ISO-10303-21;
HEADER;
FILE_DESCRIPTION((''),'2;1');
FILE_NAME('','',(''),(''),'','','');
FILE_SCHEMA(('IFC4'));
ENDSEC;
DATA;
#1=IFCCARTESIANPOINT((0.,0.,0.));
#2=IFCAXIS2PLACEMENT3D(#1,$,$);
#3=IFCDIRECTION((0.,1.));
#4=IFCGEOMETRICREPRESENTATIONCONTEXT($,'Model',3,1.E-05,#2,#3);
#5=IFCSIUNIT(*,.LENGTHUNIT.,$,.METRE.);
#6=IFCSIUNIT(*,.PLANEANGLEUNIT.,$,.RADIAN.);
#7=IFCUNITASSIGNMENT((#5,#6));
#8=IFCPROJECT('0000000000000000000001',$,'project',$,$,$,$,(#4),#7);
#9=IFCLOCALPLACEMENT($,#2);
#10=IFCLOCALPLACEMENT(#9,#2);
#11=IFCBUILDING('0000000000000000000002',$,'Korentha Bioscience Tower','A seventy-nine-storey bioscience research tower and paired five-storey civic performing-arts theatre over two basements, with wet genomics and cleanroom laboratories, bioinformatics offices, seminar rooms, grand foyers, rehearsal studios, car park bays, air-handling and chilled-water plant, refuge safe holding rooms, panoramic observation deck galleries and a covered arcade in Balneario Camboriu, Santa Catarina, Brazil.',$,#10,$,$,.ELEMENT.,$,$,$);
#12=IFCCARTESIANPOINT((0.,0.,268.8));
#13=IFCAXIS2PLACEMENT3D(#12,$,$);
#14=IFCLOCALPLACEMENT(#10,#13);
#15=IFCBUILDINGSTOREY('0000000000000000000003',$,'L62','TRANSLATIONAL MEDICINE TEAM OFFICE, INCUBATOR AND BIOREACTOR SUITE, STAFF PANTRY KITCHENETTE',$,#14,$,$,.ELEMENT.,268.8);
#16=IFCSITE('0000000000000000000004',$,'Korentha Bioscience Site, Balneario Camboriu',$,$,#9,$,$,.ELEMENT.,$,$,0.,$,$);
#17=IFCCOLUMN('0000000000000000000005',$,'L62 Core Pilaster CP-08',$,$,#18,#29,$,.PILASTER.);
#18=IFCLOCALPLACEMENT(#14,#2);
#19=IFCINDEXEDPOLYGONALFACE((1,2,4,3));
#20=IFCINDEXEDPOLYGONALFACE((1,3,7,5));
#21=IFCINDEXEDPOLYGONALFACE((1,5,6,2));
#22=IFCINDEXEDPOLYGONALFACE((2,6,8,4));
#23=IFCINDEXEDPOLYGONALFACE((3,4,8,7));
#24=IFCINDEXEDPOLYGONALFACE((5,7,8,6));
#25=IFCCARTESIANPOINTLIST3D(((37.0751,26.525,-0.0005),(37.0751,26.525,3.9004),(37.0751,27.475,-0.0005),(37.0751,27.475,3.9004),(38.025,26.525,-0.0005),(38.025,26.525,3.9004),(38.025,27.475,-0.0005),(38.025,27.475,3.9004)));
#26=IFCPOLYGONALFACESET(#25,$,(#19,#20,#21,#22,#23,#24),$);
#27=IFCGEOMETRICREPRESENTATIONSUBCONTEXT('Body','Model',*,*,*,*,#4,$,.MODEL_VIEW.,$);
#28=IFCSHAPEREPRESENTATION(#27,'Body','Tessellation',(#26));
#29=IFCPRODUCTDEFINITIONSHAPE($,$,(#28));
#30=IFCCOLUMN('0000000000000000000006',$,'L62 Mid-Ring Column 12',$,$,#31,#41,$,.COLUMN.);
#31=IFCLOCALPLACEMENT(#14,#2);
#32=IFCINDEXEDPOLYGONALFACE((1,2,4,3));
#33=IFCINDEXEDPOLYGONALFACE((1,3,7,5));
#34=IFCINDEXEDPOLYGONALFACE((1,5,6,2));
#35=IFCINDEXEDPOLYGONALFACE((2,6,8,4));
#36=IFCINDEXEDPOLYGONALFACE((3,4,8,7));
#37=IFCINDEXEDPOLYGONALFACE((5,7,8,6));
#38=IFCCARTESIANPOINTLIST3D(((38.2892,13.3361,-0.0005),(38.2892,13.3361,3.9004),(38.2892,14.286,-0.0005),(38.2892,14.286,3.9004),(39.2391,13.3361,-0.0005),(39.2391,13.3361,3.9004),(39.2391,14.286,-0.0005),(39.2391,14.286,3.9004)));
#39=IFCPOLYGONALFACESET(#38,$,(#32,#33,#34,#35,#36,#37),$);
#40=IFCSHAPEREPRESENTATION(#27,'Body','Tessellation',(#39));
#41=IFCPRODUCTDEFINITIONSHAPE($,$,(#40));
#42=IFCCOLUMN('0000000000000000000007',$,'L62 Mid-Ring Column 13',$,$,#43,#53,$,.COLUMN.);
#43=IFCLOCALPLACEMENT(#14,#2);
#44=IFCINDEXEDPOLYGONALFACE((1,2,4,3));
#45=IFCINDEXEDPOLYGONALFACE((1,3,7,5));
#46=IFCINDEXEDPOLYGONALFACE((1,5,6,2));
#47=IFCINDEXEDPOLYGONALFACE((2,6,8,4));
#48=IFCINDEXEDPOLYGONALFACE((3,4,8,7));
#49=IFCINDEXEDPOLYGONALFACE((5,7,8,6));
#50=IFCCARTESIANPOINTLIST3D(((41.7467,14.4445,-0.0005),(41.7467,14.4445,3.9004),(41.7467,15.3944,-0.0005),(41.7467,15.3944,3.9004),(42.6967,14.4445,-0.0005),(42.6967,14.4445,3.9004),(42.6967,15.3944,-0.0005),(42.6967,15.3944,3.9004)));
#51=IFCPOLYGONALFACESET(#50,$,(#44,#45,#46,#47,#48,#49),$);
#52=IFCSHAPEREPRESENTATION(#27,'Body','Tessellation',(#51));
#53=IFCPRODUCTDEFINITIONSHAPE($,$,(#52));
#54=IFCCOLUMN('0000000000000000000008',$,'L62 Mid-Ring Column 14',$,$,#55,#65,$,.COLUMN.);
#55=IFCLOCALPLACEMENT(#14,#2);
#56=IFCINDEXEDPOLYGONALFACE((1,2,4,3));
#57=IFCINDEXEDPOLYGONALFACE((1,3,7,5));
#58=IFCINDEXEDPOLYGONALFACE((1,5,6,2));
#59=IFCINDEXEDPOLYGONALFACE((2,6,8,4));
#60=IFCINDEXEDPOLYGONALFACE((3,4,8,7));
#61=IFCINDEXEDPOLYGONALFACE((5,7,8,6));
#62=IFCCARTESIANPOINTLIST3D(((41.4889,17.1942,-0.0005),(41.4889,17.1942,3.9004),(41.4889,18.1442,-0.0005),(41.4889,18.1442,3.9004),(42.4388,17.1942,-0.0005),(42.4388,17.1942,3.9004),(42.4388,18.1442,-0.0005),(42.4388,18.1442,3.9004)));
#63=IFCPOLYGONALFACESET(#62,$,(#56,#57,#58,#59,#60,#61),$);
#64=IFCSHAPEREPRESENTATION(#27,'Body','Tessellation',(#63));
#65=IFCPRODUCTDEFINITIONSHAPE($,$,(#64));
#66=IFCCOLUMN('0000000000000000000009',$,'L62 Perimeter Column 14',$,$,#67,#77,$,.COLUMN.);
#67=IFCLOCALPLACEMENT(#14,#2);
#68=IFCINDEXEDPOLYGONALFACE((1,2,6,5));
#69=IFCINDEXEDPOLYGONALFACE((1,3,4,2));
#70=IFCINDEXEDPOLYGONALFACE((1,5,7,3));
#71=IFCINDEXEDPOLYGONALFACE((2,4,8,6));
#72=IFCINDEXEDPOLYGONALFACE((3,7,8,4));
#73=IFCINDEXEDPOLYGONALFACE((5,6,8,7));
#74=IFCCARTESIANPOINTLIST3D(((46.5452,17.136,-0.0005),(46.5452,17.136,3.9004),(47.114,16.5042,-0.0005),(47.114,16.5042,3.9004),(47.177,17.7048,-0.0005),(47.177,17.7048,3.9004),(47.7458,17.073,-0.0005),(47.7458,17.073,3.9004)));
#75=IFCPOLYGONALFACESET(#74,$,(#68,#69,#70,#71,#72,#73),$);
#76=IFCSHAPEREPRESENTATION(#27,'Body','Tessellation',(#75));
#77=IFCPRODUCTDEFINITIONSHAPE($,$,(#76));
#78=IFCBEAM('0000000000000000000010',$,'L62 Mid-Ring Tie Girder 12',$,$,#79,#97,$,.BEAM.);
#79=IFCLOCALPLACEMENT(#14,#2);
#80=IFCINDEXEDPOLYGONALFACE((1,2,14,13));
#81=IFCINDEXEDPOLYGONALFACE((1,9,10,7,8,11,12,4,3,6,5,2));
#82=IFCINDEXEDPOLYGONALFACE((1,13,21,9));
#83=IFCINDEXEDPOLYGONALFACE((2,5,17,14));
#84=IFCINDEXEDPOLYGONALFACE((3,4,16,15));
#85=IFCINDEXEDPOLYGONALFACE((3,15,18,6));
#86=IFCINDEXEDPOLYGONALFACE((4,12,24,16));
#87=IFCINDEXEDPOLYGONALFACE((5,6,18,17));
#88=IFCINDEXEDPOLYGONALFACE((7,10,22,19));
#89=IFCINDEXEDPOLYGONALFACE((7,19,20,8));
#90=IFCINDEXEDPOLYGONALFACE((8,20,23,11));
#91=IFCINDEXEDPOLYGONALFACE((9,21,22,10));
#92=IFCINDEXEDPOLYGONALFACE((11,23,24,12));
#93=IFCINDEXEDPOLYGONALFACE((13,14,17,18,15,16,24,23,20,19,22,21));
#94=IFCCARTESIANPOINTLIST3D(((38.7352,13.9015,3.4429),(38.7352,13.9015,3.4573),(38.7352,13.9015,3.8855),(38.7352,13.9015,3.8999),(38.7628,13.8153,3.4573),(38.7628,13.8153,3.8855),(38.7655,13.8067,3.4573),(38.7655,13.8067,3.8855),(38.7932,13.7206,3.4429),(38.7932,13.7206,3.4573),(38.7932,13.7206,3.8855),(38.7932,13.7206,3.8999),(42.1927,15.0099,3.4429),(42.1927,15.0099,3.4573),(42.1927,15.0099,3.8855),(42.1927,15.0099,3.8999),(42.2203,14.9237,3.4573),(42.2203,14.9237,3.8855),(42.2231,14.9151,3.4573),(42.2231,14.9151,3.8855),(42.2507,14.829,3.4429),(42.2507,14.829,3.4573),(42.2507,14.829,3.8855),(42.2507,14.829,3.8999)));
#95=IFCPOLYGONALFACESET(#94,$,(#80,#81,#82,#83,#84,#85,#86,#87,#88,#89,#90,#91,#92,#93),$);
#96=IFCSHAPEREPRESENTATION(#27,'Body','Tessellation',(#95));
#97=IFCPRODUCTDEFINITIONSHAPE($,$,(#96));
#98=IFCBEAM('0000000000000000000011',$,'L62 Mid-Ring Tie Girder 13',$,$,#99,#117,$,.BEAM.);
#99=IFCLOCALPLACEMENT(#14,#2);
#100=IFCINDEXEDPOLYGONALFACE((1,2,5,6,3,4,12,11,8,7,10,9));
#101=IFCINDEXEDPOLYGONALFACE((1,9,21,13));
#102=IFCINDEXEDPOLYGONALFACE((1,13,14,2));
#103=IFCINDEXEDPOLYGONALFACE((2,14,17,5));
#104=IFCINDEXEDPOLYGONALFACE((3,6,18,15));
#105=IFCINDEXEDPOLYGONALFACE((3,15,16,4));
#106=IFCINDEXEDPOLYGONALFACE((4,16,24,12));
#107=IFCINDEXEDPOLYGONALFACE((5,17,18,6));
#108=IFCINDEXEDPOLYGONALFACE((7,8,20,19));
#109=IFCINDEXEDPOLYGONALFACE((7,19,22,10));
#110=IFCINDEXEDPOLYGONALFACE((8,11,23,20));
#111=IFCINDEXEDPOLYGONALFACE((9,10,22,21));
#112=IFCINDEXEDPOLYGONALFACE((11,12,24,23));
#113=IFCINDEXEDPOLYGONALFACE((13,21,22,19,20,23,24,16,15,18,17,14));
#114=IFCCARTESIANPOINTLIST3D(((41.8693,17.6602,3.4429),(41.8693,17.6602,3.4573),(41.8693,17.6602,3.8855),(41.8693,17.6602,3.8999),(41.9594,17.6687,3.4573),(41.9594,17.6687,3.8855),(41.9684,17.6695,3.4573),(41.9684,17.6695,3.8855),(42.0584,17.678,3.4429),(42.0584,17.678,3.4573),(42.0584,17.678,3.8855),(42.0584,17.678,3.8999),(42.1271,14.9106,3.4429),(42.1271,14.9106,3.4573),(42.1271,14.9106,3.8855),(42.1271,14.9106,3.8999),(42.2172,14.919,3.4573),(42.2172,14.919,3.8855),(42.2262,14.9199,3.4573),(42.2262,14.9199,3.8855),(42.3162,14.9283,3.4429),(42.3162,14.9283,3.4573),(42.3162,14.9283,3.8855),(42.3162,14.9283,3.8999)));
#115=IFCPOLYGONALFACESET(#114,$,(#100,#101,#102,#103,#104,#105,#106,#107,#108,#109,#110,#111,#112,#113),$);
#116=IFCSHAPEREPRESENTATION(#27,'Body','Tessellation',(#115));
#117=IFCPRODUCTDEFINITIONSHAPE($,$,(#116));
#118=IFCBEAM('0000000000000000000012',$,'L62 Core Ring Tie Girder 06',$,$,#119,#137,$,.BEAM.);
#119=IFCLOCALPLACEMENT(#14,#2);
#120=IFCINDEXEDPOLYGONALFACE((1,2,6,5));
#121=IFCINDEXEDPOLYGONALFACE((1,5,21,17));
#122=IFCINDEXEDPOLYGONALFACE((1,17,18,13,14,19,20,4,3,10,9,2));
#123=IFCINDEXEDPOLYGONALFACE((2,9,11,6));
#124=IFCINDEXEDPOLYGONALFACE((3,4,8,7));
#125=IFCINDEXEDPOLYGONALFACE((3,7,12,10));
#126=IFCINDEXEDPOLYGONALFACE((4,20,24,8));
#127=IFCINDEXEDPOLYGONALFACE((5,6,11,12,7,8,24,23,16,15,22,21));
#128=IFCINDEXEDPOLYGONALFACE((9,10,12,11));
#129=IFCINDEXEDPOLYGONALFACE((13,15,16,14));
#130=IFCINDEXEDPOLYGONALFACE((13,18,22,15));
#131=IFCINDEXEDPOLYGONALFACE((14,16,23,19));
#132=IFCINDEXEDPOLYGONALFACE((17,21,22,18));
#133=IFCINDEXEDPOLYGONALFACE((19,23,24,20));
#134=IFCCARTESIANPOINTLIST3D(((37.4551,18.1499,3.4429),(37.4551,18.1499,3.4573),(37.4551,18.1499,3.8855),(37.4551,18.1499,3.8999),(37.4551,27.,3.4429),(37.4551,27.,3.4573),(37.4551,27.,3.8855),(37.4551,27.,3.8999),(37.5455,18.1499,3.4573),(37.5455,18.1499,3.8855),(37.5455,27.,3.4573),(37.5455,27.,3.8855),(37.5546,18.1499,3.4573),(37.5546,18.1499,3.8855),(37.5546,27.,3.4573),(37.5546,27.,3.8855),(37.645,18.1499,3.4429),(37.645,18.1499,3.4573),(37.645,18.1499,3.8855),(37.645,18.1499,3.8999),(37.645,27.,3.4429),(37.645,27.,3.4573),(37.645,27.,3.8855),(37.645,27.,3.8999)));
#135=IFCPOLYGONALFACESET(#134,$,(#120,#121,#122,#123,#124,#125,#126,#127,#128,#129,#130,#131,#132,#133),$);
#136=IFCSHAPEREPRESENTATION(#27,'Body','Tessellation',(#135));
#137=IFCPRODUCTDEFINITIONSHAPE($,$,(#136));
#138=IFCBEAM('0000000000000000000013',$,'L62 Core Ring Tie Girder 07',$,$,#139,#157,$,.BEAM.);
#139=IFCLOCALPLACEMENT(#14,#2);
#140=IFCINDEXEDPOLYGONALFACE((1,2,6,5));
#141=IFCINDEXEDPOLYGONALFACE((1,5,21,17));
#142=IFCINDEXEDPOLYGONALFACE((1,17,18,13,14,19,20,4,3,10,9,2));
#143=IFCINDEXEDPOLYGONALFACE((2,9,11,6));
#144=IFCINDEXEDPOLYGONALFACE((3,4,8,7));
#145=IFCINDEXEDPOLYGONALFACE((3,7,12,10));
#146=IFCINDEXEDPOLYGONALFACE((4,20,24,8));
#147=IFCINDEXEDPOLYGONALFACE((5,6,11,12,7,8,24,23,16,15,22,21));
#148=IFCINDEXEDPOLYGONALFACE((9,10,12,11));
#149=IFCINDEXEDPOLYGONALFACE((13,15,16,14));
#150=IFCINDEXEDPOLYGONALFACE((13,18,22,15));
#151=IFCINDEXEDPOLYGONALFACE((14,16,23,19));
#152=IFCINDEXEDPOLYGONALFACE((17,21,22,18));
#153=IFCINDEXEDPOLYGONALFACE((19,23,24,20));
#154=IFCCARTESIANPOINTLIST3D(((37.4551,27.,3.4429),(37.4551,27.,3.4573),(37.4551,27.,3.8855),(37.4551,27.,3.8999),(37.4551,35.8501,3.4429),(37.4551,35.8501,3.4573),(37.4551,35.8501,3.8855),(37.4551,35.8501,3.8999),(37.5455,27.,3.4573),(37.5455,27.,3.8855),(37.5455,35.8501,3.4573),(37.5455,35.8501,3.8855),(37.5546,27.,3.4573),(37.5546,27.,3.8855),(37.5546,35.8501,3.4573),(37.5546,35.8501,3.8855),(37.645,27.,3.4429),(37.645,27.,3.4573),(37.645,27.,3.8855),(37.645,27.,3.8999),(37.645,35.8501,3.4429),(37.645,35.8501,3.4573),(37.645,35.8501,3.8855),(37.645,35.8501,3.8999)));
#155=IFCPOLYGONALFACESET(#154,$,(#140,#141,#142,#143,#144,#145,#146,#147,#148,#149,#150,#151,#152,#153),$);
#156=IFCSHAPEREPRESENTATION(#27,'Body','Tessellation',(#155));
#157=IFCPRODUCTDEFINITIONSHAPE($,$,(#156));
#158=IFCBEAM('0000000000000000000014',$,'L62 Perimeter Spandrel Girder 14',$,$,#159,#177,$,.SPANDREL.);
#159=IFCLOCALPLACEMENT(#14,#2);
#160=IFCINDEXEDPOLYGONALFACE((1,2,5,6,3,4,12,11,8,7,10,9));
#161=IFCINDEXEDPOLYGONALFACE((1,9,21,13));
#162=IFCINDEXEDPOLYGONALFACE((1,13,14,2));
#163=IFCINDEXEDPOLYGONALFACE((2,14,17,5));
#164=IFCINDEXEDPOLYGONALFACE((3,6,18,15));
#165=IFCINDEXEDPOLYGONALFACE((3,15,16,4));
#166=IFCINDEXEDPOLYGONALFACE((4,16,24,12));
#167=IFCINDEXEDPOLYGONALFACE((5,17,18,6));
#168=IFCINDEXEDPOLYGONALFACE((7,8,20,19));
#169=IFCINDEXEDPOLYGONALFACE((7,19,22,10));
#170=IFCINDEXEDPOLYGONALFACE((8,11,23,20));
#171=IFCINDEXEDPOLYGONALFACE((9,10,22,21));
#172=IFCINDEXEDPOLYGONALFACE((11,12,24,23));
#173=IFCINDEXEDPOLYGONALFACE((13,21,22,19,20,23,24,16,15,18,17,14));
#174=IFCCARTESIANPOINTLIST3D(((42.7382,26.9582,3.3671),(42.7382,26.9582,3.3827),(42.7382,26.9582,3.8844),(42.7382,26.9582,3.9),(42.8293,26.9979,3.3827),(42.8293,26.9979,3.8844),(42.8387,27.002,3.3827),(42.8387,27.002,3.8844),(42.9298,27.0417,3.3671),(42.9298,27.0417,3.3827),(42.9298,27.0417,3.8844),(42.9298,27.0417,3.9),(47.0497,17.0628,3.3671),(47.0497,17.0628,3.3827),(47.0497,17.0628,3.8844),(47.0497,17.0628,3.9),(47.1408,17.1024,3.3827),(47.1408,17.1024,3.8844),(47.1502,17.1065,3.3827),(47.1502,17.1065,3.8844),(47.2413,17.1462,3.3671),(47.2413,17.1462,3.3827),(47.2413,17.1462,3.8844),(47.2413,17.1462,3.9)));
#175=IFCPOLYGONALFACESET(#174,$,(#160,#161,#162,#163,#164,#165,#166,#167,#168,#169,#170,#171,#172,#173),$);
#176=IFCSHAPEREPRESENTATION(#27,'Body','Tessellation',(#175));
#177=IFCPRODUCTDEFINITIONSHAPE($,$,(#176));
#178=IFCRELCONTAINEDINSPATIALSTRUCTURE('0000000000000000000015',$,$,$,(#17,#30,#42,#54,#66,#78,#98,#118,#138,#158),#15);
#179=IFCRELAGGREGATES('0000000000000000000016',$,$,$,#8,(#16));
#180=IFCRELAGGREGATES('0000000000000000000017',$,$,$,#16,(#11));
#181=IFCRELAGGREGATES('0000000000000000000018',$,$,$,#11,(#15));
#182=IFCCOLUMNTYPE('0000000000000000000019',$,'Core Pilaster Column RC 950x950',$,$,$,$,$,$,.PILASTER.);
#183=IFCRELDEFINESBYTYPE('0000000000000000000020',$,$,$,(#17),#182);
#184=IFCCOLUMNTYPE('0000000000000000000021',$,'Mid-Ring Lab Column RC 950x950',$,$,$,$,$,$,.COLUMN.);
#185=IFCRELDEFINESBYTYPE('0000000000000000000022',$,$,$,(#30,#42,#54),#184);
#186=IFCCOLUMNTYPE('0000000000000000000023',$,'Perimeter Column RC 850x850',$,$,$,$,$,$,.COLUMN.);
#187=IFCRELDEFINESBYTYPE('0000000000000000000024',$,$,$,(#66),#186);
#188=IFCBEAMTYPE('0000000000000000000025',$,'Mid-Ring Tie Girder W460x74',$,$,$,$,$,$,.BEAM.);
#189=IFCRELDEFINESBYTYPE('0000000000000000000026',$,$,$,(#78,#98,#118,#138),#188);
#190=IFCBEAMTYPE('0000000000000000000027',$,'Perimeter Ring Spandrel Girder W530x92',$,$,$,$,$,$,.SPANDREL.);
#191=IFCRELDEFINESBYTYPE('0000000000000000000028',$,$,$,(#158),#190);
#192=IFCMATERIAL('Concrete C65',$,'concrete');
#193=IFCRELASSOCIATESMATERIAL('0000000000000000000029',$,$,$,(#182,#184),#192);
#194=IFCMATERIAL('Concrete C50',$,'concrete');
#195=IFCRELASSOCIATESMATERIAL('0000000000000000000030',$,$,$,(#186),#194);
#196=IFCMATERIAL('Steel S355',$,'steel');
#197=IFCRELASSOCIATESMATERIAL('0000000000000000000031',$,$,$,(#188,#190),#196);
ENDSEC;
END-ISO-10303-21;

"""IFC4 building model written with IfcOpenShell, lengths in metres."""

from ifc_helpers import new_model, si_unit, direction, frame, origin, origin_2d, place, context, subcontext, project, spatial, rectangle, i_section, extrude, material, material_profile, profile_set, type_object, element, save


model = new_model("IFC4")

# Units and contexts
model_context = context("Model", 3, precision=1e-05, world=origin(), true_north=direction((0.0, 1.0)))
body_context = subcontext(model_context, "Body", "Model", "MODEL_VIEW")
ifc_project = project(units=[si_unit("LENGTHUNIT", "METRE"), si_unit("PLANEANGLEUNIT", "RADIAN")], contexts=[model_context])

# Site, building, storey
site_placement = place(None, origin())
site = spatial("IfcSite", under=ifc_project, at=site_placement, Name="Korentha Bioscience Site, Balneario Camboriu", CompositionType="ELEMENT", RefElevation=0.0)
building_placement = place(site_placement, origin())
building = spatial("IfcBuilding", under=site, at=building_placement, Name="Korentha Bioscience Tower", Description="A seventy-nine-storey bioscience research tower and paired five-storey civic performing-arts theatre over two basements, with wet genomics and cleanroom laboratories, bioinformatics offices, seminar rooms, grand foyers, rehearsal studios, car park bays, air-handling and chilled-water plant, refuge safe holding rooms, panoramic observation deck galleries and a covered arcade in Balneario Camboriu, Santa Catarina, Brazil.", CompositionType="ELEMENT")
storey_placement = place(building_placement, frame((0.0, 0.0, 268.8)))
storey = spatial("IfcBuildingStorey", under=building, at=storey_placement, Name="L62", Description="TRANSLATIONAL MEDICINE TEAM OFFICE, INCUBATOR AND BIOREACTOR SUITE, STAFF PANTRY KITCHENETTE", CompositionType="ELEMENT", Elevation=268.8)

# Columns
ifc_material_1 = material(Name="Concrete C65", Category="concrete")
ifc_material_profile_1 = material_profile(ifc_material_1, rectangle(XDim=0.95, YDim=0.95, at=origin_2d()), Name="Concrete C65")
ifc_profile_set_1 = profile_set([ifc_material_profile_1], Name="Concrete C65 (COL-CP09)")
column_type_1 = type_object("IfcColumnType", Name="Core Pilaster Column RC 950x950", PredefinedType="PILASTER", material=ifc_profile_set_1)
column_1_placement = place(storey_placement, frame((37.55, 27.0, -0.0005), z_axis=(0.0, 0.0, 1.0), x_axis=(1.0, 0.0, 0.0)))
element("IfcColumn", 1, at=column_1_placement, inside=storey, type_object=column_type_1, Name="L62 Core Pilaster CP-08", PredefinedType="PILASTER", context=body_context, shape_type="SweptSolid", body=[
    extrude(rectangle(XDim=0.95, YDim=0.95, at=origin_2d()), origin(), (0.0, 0.0, 1.0), 3.9009),
])
ifc_material_profile_2 = material_profile(ifc_material_1, rectangle(XDim=0.95, YDim=0.95, at=origin_2d()), Name="Concrete C65")
ifc_profile_set_2 = profile_set([ifc_material_profile_2], Name="Concrete C65 (COL-MR09)")
column_type_2 = type_object("IfcColumnType", Name="Mid-Ring Lab Column RC 950x950", PredefinedType="COLUMN", material=ifc_profile_set_2)
for number, where, z_axis, x_axis, name in (
    (2, (38.7642, 13.811, -0.0005), (0.0, 0.0, 1.0), (1.0, 0.0, 0.0), "L62 Mid-Ring Column 12"),
    (3, (42.2217, 14.9194, -0.0005), (0.0, 0.0, 1.0), (1.0, 0.0, 0.0), "L62 Mid-Ring Column 13"),
    (4, (41.9639, 17.6692, -0.0005), (0.0, 0.0, 1.0), (1.0, 0.0, 0.0), "L62 Mid-Ring Column 14"),
):
    element("IfcColumn", number, at=place(storey_placement, frame(where, z_axis=z_axis, x_axis=x_axis)), inside=storey, type_object=column_type_2, Name=name, PredefinedType="COLUMN", context=body_context, shape_type="SweptSolid", body=[
        extrude(rectangle(XDim=0.95, YDim=0.95, at=origin_2d()), origin(), (0.0, 0.0, 1.0), 3.9009),
    ])
ifc_material_2 = material(Name="Concrete C50", Category="concrete")
ifc_material_profile_3 = material_profile(ifc_material_2, rectangle(XDim=0.8501, YDim=0.8501, at=origin_2d()), Name="Concrete C50")
ifc_profile_set_3 = profile_set([ifc_material_profile_3], Name="Concrete C50 (COL-P08)")
column_type_3 = type_object("IfcColumnType", Name="Perimeter Column RC 850x850", PredefinedType="COLUMN", material=ifc_profile_set_3)
column_2_placement = place(storey_placement, frame((47.1455, 17.1045, -0.0005), z_axis=(0.0, 0.0, 1.0), x_axis=(-0.669131, 0.743145, 0.0)))
element("IfcColumn", 5, at=column_2_placement, inside=storey, type_object=column_type_3, Name="L62 Perimeter Column 14", PredefinedType="COLUMN", context=body_context, shape_type="SweptSolid", body=[
    extrude(rectangle(XDim=0.8501, YDim=0.8501, at=origin_2d()), origin(), (0.0, 0.0, 1.0), 3.9009),
])

# Beams
ifc_material_3 = material(Name="Steel S355", Category="steel")
ifc_material_profile_4 = material_profile(ifc_material_3, i_section(OverallWidth=0.1899, OverallDepth=0.457, WebThickness=0.009, FlangeThickness=0.0144, at=origin_2d()), Name="Steel S355")
ifc_profile_set_4 = profile_set([ifc_material_profile_4], Name="Steel S355 (MB-460)")
beam_type_1 = type_object("IfcBeamType", Name="Mid-Ring Tie Girder W460x74", PredefinedType="BEAM", material=ifc_profile_set_4)
beam_1_placement = place(storey_placement, frame((38.7642, 13.811, 3.6714), z_axis=(0.952265, 0.305273, 0.0), x_axis=(-0.305273, 0.952265, 0.0)))
element("IfcBeam", 6, at=beam_1_placement, inside=storey, type_object=beam_type_1, Name="L62 Mid-Ring Tie Girder 12", PredefinedType="BEAM", context=body_context, shape_type="SweptSolid", body=[
    extrude(i_section(OverallWidth=0.1899, OverallDepth=0.457, WebThickness=0.009, FlangeThickness=0.0144, at=origin_2d()), origin(), (0.0, 0.0, 1.0), 3.6309),
])
beam_2_placement = place(storey_placement, frame((42.2217, 14.9194, 3.6714), z_axis=(-0.093349, 0.995633, 0.0), x_axis=(-0.995633, -0.093349, 0.0)))
element("IfcBeam", 7, at=beam_2_placement, inside=storey, type_object=beam_type_1, Name="L62 Mid-Ring Tie Girder 13", PredefinedType="BEAM", context=body_context, shape_type="SweptSolid", body=[
    extrude(i_section(OverallWidth=0.1899, OverallDepth=0.457, WebThickness=0.009, FlangeThickness=0.0144, at=origin_2d()), origin(), (0.0, 0.0, 1.0), 2.7617),
])
for number, where, z_axis, x_axis, name in (
    (8, (37.55, 18.1499, 3.6714), (0.0, 1.0, 0.0), (-1.0, 0.0, 0.0), "L62 Core Ring Tie Girder 06"),
    (9, (37.55, 27.0, 3.6714), (0.0, 1.0, 0.0), (-1.0, 0.0, 0.0), "L62 Core Ring Tie Girder 07"),
):
    element("IfcBeam", number, at=place(storey_placement, frame(where, z_axis=z_axis, x_axis=x_axis)), inside=storey, type_object=beam_type_1, Name=name, PredefinedType="BEAM", context=body_context, shape_type="SweptSolid", body=[
        extrude(i_section(OverallWidth=0.1899, OverallDepth=0.457, WebThickness=0.009, FlangeThickness=0.0144, at=origin_2d()), origin(), (0.0, 0.0, 1.0), 8.8501),
    ])
ifc_material_profile_5 = material_profile(ifc_material_3, i_section(OverallWidth=0.209, OverallDepth=0.533, WebThickness=0.0103, FlangeThickness=0.0156, at=origin_2d()), Name="Steel S355")
ifc_profile_set_5 = profile_set([ifc_material_profile_5], Name="Steel S355 (SB-530)")
beam_type_2 = type_object("IfcBeamType", Name="Perimeter Ring Spandrel Girder W530x92", PredefinedType="SPANDREL", material=ifc_profile_set_5)
beam_3_placement = place(storey_placement, frame((47.1455, 17.1045, 3.6335), z_axis=(-0.399437, 0.916761, 0.0), x_axis=(-0.916761, -0.399437, 0.0)))
element("IfcBeam", 10, at=beam_3_placement, inside=storey, type_object=beam_type_2, Name="L62 Perimeter Spandrel Girder 14", PredefinedType="SPANDREL", context=body_context, shape_type="SweptSolid", body=[
    extrude(i_section(OverallWidth=0.209, OverallDepth=0.533, WebThickness=0.0103, FlangeThickness=0.0156, at=origin_2d()), origin(), (0.0, 0.0, 1.0), 10.7939),
])

save(model, "model.ifc")
